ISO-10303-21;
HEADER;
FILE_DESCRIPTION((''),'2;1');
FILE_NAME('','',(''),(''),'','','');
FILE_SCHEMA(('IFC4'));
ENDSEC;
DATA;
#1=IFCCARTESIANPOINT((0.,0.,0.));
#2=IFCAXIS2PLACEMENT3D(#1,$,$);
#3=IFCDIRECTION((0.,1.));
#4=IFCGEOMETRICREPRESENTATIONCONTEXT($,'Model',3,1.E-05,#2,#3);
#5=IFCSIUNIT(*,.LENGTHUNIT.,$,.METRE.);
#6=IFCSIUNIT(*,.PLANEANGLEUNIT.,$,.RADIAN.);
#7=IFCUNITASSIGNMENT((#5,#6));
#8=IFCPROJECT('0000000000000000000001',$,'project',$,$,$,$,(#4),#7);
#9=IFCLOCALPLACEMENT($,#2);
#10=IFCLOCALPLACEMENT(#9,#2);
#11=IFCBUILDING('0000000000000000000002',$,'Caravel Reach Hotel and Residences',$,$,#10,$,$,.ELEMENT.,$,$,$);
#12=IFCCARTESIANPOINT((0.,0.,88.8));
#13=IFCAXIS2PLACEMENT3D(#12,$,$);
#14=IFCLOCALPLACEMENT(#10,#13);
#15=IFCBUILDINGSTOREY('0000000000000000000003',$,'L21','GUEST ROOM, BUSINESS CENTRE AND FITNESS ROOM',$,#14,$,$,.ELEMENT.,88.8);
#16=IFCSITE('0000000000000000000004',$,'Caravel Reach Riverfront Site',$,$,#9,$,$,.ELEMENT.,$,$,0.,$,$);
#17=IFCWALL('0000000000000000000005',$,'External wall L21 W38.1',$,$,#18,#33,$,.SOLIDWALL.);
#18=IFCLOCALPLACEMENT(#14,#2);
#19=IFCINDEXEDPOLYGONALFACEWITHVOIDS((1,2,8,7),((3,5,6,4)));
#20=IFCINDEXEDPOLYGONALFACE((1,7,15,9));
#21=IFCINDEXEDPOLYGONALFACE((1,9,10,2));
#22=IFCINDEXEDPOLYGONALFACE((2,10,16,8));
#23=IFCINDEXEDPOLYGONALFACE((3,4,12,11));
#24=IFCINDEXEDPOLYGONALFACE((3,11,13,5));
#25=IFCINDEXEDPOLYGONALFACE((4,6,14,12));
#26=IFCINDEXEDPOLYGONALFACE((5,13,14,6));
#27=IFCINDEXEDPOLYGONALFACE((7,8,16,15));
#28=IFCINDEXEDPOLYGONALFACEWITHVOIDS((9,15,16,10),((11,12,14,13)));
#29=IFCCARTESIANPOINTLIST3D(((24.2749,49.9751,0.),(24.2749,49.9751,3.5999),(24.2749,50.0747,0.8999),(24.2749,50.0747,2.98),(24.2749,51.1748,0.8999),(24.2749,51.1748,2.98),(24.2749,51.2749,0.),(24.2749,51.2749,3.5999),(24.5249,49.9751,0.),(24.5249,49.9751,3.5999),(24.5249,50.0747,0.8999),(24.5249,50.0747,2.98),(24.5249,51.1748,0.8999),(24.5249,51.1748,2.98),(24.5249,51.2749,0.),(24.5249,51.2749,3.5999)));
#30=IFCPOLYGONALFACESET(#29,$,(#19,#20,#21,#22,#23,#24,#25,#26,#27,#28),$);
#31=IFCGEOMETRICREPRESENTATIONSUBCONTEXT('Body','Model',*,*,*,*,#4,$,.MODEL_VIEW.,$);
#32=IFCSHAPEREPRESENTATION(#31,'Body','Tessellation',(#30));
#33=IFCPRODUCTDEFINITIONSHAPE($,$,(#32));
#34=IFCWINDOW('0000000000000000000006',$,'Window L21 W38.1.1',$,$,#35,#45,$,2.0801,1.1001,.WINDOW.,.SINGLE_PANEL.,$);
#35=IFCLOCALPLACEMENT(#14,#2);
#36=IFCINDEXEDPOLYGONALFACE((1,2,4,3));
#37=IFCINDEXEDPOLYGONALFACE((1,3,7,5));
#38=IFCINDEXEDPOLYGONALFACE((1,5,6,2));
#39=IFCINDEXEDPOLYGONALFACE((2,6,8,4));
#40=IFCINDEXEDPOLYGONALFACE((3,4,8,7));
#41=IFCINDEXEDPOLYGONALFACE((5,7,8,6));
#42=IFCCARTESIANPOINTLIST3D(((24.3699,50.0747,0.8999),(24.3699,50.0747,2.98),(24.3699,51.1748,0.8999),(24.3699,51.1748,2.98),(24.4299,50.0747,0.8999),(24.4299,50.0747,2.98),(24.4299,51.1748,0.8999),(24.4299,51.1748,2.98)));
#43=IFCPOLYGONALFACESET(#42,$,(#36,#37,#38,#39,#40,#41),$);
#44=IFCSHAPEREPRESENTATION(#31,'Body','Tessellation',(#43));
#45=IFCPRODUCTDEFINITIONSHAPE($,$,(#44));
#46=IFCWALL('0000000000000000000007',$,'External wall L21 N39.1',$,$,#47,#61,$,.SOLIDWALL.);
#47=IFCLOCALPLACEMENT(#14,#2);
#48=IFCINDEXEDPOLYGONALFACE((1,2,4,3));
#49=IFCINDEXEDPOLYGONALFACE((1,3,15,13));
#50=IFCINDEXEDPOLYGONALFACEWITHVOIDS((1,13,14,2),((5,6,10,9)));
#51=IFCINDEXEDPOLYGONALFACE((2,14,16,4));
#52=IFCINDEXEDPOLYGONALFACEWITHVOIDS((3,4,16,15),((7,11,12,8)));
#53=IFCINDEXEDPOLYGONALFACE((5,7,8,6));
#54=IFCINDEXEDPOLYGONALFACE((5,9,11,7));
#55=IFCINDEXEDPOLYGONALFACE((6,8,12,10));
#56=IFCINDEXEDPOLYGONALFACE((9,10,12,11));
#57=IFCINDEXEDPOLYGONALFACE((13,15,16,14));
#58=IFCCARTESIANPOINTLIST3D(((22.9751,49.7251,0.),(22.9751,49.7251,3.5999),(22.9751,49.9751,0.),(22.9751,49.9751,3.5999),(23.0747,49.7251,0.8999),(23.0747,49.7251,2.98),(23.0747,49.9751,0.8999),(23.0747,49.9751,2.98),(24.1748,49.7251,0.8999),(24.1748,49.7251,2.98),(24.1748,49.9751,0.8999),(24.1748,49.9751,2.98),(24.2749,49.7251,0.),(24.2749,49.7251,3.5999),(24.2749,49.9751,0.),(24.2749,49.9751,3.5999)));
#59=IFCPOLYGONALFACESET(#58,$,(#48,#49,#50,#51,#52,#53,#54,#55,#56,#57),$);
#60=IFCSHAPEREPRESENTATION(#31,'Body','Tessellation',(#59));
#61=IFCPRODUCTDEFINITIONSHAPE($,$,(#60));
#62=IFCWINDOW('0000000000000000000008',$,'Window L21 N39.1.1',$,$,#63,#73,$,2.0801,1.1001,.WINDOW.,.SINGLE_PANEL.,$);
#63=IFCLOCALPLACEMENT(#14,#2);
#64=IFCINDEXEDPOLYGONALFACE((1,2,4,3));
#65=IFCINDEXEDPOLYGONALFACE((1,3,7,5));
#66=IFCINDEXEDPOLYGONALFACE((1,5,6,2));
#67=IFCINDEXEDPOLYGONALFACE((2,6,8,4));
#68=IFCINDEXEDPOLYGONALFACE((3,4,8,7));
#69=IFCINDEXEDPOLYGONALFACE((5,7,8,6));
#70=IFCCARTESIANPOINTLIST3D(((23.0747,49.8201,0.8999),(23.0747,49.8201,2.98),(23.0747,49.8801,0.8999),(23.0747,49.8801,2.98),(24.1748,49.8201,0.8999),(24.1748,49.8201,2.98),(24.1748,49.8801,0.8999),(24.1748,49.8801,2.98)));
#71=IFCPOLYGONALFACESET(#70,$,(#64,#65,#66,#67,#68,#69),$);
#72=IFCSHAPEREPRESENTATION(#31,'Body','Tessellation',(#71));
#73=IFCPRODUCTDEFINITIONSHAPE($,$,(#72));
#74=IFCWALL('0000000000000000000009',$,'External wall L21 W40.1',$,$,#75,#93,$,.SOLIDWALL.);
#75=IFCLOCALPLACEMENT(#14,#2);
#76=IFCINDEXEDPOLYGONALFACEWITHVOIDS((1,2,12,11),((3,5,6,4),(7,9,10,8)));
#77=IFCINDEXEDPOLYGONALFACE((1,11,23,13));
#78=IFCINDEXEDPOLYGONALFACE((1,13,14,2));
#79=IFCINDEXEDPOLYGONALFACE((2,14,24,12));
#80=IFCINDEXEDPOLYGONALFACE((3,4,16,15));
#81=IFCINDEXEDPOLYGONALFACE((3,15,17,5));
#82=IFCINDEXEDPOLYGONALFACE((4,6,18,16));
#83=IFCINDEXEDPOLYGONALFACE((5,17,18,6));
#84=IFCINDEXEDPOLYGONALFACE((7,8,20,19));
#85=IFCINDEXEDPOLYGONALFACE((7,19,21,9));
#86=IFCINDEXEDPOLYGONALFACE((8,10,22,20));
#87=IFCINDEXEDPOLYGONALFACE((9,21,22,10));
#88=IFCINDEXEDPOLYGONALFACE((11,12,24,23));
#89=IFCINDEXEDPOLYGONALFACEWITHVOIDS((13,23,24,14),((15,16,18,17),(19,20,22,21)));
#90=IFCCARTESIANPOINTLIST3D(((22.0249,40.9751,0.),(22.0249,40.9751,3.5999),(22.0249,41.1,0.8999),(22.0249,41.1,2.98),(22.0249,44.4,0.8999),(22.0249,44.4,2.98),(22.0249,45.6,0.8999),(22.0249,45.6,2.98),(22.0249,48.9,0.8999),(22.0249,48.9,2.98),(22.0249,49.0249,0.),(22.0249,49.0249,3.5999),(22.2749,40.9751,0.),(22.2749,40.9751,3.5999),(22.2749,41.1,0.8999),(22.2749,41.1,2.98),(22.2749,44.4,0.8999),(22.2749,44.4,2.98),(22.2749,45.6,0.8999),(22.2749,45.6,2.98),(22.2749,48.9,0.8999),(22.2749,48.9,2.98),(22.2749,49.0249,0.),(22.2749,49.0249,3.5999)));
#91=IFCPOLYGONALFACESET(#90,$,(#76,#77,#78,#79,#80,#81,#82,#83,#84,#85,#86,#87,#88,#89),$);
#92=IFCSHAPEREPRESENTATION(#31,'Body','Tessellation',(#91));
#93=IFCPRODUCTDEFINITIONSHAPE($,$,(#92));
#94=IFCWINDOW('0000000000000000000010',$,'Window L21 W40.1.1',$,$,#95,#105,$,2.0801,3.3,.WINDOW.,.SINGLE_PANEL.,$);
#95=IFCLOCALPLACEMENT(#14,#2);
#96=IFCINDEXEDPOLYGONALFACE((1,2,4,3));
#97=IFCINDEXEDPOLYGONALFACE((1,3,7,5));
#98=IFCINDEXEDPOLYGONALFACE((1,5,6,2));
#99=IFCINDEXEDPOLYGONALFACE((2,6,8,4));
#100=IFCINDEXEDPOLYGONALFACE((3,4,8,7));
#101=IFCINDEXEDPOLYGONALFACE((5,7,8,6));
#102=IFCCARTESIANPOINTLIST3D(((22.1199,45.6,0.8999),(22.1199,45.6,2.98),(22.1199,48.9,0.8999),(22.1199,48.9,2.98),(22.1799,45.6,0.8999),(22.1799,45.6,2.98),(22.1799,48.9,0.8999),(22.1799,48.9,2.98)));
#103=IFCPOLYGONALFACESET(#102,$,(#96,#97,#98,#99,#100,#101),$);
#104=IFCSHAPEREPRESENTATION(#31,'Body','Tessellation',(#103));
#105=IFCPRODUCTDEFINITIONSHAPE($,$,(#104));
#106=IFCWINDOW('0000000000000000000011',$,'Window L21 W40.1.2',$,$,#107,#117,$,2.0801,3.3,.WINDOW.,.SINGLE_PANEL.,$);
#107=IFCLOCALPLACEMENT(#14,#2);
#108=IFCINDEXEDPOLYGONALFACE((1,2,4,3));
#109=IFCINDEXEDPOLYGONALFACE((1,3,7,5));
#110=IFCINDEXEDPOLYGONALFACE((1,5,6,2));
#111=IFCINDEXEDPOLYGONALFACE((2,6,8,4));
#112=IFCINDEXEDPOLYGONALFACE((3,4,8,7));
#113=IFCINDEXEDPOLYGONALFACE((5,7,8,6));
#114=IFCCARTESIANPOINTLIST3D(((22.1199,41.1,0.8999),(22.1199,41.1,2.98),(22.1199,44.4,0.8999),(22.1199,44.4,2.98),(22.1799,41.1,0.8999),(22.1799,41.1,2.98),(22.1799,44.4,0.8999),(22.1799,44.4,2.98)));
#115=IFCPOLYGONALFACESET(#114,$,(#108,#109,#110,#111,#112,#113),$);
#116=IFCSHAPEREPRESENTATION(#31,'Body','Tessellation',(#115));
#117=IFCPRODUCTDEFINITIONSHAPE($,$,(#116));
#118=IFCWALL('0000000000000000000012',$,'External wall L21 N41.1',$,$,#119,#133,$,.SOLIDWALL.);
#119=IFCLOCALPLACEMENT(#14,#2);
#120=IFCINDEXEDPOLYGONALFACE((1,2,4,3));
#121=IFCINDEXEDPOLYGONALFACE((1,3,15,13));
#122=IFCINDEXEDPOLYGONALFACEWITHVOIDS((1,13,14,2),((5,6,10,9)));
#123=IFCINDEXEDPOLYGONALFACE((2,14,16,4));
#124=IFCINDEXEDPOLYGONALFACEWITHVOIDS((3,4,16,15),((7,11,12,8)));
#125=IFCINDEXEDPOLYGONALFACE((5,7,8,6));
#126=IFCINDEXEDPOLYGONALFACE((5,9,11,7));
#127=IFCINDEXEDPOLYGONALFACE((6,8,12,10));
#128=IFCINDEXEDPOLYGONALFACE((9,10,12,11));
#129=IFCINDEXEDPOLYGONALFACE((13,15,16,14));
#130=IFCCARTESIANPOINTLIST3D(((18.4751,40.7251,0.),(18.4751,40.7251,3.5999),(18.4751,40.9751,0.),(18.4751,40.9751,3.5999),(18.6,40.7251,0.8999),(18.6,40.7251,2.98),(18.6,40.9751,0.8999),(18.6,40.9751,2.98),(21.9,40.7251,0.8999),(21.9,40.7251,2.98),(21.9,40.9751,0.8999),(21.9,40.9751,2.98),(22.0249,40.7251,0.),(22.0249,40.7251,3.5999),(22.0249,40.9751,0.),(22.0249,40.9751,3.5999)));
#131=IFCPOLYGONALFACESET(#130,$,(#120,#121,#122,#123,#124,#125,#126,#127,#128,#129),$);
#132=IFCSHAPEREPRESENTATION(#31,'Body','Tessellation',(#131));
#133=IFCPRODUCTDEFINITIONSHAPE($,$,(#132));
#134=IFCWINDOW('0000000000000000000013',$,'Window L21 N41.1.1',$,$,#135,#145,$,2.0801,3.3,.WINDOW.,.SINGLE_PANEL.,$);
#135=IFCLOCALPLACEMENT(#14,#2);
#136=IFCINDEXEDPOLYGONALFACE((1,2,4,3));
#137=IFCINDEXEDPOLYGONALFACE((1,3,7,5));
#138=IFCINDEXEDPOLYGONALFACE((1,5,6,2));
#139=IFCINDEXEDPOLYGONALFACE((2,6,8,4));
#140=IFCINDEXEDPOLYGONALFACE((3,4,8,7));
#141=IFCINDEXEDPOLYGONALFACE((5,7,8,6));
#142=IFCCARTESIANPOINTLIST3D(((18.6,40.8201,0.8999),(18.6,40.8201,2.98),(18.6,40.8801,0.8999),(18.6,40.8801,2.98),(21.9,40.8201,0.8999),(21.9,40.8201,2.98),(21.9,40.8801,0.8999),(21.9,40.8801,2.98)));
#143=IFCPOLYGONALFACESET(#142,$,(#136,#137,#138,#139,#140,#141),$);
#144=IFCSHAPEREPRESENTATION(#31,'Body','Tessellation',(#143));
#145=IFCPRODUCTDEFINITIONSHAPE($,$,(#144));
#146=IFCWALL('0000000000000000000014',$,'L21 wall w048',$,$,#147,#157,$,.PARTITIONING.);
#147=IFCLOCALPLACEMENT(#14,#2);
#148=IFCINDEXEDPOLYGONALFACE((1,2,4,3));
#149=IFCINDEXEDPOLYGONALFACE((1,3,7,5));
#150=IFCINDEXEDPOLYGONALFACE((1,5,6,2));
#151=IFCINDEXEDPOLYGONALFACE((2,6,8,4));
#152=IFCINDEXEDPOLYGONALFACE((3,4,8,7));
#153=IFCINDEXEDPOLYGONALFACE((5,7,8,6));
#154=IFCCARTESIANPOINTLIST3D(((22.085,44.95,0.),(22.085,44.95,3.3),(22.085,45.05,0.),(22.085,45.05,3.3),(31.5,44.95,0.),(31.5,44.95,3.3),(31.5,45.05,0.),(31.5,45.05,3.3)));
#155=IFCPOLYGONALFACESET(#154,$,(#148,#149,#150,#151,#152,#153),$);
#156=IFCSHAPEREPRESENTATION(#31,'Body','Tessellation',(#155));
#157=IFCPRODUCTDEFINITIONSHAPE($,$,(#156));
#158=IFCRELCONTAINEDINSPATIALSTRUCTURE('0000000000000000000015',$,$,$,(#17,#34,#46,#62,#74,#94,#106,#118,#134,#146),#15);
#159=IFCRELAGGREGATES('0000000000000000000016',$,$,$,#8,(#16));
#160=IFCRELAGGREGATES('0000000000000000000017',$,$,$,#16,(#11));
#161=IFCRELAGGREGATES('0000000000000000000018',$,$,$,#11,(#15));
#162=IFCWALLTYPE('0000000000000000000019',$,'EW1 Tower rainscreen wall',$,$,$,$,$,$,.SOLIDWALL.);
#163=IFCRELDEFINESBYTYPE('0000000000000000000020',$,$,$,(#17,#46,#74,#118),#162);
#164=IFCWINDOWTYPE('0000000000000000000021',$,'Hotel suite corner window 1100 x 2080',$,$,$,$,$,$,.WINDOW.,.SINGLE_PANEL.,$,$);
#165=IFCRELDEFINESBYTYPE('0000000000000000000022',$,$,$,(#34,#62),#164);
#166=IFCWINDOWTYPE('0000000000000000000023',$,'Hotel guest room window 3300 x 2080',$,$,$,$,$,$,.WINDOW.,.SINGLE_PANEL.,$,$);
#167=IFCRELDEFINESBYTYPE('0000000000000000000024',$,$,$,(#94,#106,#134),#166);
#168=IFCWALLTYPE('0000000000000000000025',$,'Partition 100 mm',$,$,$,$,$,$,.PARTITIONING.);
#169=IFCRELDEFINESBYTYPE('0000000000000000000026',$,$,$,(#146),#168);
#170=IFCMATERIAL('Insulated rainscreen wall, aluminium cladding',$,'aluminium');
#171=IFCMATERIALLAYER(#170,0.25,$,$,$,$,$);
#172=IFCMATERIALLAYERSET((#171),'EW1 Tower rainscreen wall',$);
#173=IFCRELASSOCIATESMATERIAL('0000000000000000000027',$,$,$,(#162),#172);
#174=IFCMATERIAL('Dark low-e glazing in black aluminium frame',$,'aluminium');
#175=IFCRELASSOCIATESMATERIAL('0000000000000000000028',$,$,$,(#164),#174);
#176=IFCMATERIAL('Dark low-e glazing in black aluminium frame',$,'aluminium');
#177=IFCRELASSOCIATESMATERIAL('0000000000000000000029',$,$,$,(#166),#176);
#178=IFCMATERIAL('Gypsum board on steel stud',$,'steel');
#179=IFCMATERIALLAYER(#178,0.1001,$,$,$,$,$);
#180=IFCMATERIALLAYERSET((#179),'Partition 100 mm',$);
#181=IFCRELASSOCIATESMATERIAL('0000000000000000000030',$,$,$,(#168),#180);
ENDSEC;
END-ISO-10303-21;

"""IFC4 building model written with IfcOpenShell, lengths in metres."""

from ifc_helpers import new_model, si_unit, direction, frame, frame_2d, origin, place, context, subcontext, project, spatial, rectangle, extrude, material, layer, layer_set, type_object, element, fill, save


model = new_model("IFC4")

# Units and contexts
model_context = context("Model", 3, precision=1e-05, world=origin(), true_north=direction((0.0, 1.0)))
body_context = subcontext(model_context, "Body", "Model", "MODEL_VIEW")
ifc_project = project(units=[si_unit("LENGTHUNIT", "METRE"), si_unit("PLANEANGLEUNIT", "RADIAN")], contexts=[model_context])

# Site, building, storey
site_placement = place(None, origin())
site = spatial("IfcSite", under=ifc_project, at=site_placement, Name="Caravel Reach Riverfront Site", CompositionType="ELEMENT", RefElevation=0.0)
building_placement = place(site_placement, origin())
building = spatial("IfcBuilding", under=site, at=building_placement, Name="Caravel Reach Hotel and Residences", CompositionType="ELEMENT")
storey_placement = place(building_placement, frame((0.0, 0.0, 88.8)))
storey = spatial("IfcBuildingStorey", under=building, at=storey_placement, Name="L21", Description="GUEST ROOM, BUSINESS CENTRE AND FITNESS ROOM", CompositionType="ELEMENT", Elevation=88.8)

# Walls, openings, windows
ifc_material_1 = material(Name="Insulated rainscreen wall, aluminium cladding", Category="aluminium")
ifc_layer_1 = layer(ifc_material_1, 0.25)
ifc_layer_set_1 = layer_set([ifc_layer_1], Name="EW1 Tower rainscreen wall")
wall_type_1 = type_object("IfcWallType", Name="EW1 Tower rainscreen wall", PredefinedType="SOLIDWALL", material=ifc_layer_set_1)
ifc_material_2 = material(Name="Dark low-e glazing in black aluminium frame", Category="aluminium")
window_type_1 = type_object("IfcWindowType", Name="Hotel suite corner window 1100 x 2080", PartitioningType="SINGLE_PANEL", PredefinedType="WINDOW", material=ifc_material_2)
wall_1_placement = place(storey_placement, frame((24.3999, 51.2749, 0.0), z_axis=(0.0, 0.0, 1.0), x_axis=(0.0, -1.0, 0.0)))
wall_1 = element("IfcWall", 1, at=wall_1_placement, inside=storey, type_object=wall_type_1, Name="External wall L21 W38.1", PredefinedType="SOLIDWALL", context=body_context, shape_type="SweptSolid", body=[
    extrude(rectangle(XDim=1.2998, YDim=0.25, at=frame_2d((0.6499, 0.0))), origin(), (0.0, 0.0, 1.0), 3.5999),
])
opening_1_placement = place(wall_1_placement, frame((0.1001, 0.0, 0.8999)))
opening_1 = element("IfcOpeningElement", 2, at=opening_1_placement, cuts=wall_1, PredefinedType="OPENING", context=body_context, shape_type="SweptSolid", body=[
    extrude(rectangle(XDim=1.1001, YDim=2.0801, at=frame_2d((0.55, 1.04))), frame((0.0, 0.135, 0.0), z_axis=(0.0, -1.0, 0.0), x_axis=(1.0, 0.0, 0.0)), (0.0, 0.0, 1.0), 0.27),
])
window_1_placement = place(opening_1_placement, origin())
window_1 = element("IfcWindow", 3, at=window_1_placement, inside=storey, type_object=window_type_1, Name="Window L21 W38.1.1", OverallHeight=2.0801, OverallWidth=1.1001, PartitioningType="SINGLE_PANEL", PredefinedType="WINDOW", context=body_context, shape_type="SweptSolid", body=[
    extrude(rectangle(XDim=1.1001, YDim=2.0801, at=frame_2d((0.55, 1.04))), frame((0.0, 0.03, 0.0), z_axis=(0.0, -1.0, 0.0), x_axis=(1.0, 0.0, 0.0)), (0.0, 0.0, 1.0), 0.0601),
])
fill(opening_1, window_1)
wall_2_placement = place(storey_placement, frame((24.2749, 49.8501, 0.0), z_axis=(0.0, 0.0, 1.0), x_axis=(-1.0, 0.0, 0.0)))
wall_2 = element("IfcWall", 4, at=wall_2_placement, inside=storey, type_object=wall_type_1, Name="External wall L21 N39.1", PredefinedType="SOLIDWALL", context=body_context, shape_type="SweptSolid", body=[
    extrude(rectangle(XDim=1.2998, YDim=0.25, at=frame_2d((0.6499, 0.0))), origin(), (0.0, 0.0, 1.0), 3.5999),
])
opening_2_placement = place(wall_2_placement, frame((0.1001, 0.0, 0.8999)))
opening_2 = element("IfcOpeningElement", 5, at=opening_2_placement, cuts=wall_2, PredefinedType="OPENING", context=body_context, shape_type="SweptSolid", body=[
    extrude(rectangle(XDim=1.1001, YDim=2.0801, at=frame_2d((0.55, 1.04))), frame((0.0, 0.135, 0.0), z_axis=(0.0, -1.0, 0.0), x_axis=(1.0, 0.0, 0.0)), (0.0, 0.0, 1.0), 0.27),
])
window_2_placement = place(opening_2_placement, origin())
window_2 = element("IfcWindow", 6, at=window_2_placement, inside=storey, type_object=window_type_1, Name="Window L21 N39.1.1", OverallHeight=2.0801, OverallWidth=1.1001, PartitioningType="SINGLE_PANEL", PredefinedType="WINDOW", context=body_context, shape_type="SweptSolid", body=[
    extrude(rectangle(XDim=1.1001, YDim=2.0801, at=frame_2d((0.55, 1.04))), frame((0.0, 0.03, 0.0), z_axis=(0.0, -1.0, 0.0), x_axis=(1.0, 0.0, 0.0)), (0.0, 0.0, 1.0), 0.0601),
])
fill(opening_2, window_2)

# Wall, openings, windows
wall_3_placement = place(storey_placement, frame((22.1499, 49.0249, 0.0), z_axis=(0.0, 0.0, 1.0), x_axis=(0.0, -1.0, 0.0)))
wall_3 = element("IfcWall", 7, at=wall_3_placement, inside=storey, type_object=wall_type_1, Name="External wall L21 W40.1", PredefinedType="SOLIDWALL", context=body_context, shape_type="SweptSolid", body=[
    extrude(rectangle(XDim=8.0498, YDim=0.25, at=frame_2d((4.0249, 0.0))), origin(), (0.0, 0.0, 1.0), 3.5999),
])
opening_3_placement = place(wall_3_placement, frame((0.125, 0.0, 0.8999)))
opening_3 = element("IfcOpeningElement", 8, at=opening_3_placement, cuts=wall_3, PredefinedType="OPENING", context=body_context, shape_type="SweptSolid", body=[
    extrude(rectangle(XDim=3.3, YDim=2.0801, at=frame_2d((1.6499, 1.04))), frame((0.0, 0.135, 0.0), z_axis=(0.0, -1.0, 0.0), x_axis=(1.0, 0.0, 0.0)), (0.0, 0.0, 1.0), 0.27),
])
opening_4_placement = place(wall_3_placement, frame((4.625, 0.0, 0.8999)))
opening_4 = element("IfcOpeningElement", 9, at=opening_4_placement, cuts=wall_3, PredefinedType="OPENING", context=body_context, shape_type="SweptSolid", body=[
    extrude(rectangle(XDim=3.3, YDim=2.0801, at=frame_2d((1.6499, 1.04))), frame((0.0, 0.135, 0.0), z_axis=(0.0, -1.0, 0.0), x_axis=(1.0, 0.0, 0.0)), (0.0, 0.0, 1.0), 0.27),
])
ifc_material_3 = material(Name="Dark low-e glazing in black aluminium frame", Category="aluminium")
window_type_2 = type_object("IfcWindowType", Name="Hotel guest room window 3300 x 2080", PartitioningType="SINGLE_PANEL", PredefinedType="WINDOW", material=ifc_material_3)
window_3_placement = place(opening_3_placement, origin())
window_3 = element("IfcWindow", 10, at=window_3_placement, inside=storey, type_object=window_type_2, Name="Window L21 W40.1.1", OverallHeight=2.0801, OverallWidth=3.3, PartitioningType="SINGLE_PANEL", PredefinedType="WINDOW", context=body_context, shape_type="SweptSolid", body=[
    extrude(rectangle(XDim=3.3, YDim=2.0801, at=frame_2d((1.6499, 1.04))), frame((0.0, 0.03, 0.0), z_axis=(0.0, -1.0, 0.0), x_axis=(1.0, 0.0, 0.0)), (0.0, 0.0, 1.0), 0.0601),
])
fill(opening_3, window_3)
window_4_placement = place(opening_4_placement, origin())
window_4 = element("IfcWindow", 11, at=window_4_placement, inside=storey, type_object=window_type_2, Name="Window L21 W40.1.2", OverallHeight=2.0801, OverallWidth=3.3, PartitioningType="SINGLE_PANEL", PredefinedType="WINDOW", context=body_context, shape_type="SweptSolid", body=[
    extrude(rectangle(XDim=3.3, YDim=2.0801, at=frame_2d((1.6499, 1.04))), frame((0.0, 0.03, 0.0), z_axis=(0.0, -1.0, 0.0), x_axis=(1.0, 0.0, 0.0)), (0.0, 0.0, 1.0), 0.0601),
])
fill(opening_4, window_4)

# Wall, opening, window
wall_4_placement = place(storey_placement, frame((22.0249, 40.8501, 0.0), z_axis=(0.0, 0.0, 1.0), x_axis=(-1.0, 0.0, 0.0)))
wall_4 = element("IfcWall", 12, at=wall_4_placement, inside=storey, type_object=wall_type_1, Name="External wall L21 N41.1", PredefinedType="SOLIDWALL", context=body_context, shape_type="SweptSolid", body=[
    extrude(rectangle(XDim=3.5498, YDim=0.25, at=frame_2d((1.7749, 0.0))), origin(), (0.0, 0.0, 1.0), 3.5999),
])
opening_5_placement = place(wall_4_placement, frame((0.125, 0.0, 0.8999)))
opening_5 = element("IfcOpeningElement", 13, at=opening_5_placement, cuts=wall_4, PredefinedType="OPENING", context=body_context, shape_type="SweptSolid", body=[
    extrude(rectangle(XDim=3.3, YDim=2.0801, at=frame_2d((1.6499, 1.04))), frame((0.0, 0.135, 0.0), z_axis=(0.0, -1.0, 0.0), x_axis=(1.0, 0.0, 0.0)), (0.0, 0.0, 1.0), 0.27),
])
window_5_placement = place(opening_5_placement, origin())
window_5 = element("IfcWindow", 14, at=window_5_placement, inside=storey, type_object=window_type_2, Name="Window L21 N41.1.1", OverallHeight=2.0801, OverallWidth=3.3, PartitioningType="SINGLE_PANEL", PredefinedType="WINDOW", context=body_context, shape_type="SweptSolid", body=[
    extrude(rectangle(XDim=3.3, YDim=2.0801, at=frame_2d((1.6499, 1.04))), frame((0.0, 0.03, 0.0), z_axis=(0.0, -1.0, 0.0), x_axis=(1.0, 0.0, 0.0)), (0.0, 0.0, 1.0), 0.0601),
])
fill(opening_5, window_5)

# Wall
ifc_material_4 = material(Name="Gypsum board on steel stud", Category="steel")
ifc_layer_2 = layer(ifc_material_4, 0.1001)
ifc_layer_set_2 = layer_set([ifc_layer_2], Name="Partition 100 mm")
wall_type_2 = type_object("IfcWallType", Name="Partition 100 mm", PredefinedType="PARTITIONING", material=ifc_layer_set_2)
wall_5_placement = place(storey_placement, frame((22.085, 45.0, 0.0), z_axis=(0.0, 0.0, 1.0), x_axis=(1.0, 0.0, 0.0)))
element("IfcWall", 15, at=wall_5_placement, inside=storey, type_object=wall_type_2, Name="L21 wall w048", PredefinedType="PARTITIONING", context=body_context, shape_type="SweptSolid", body=[
    extrude(rectangle(XDim=9.415, YDim=0.1001, at=frame_2d((4.7075, 0.0))), origin(), (0.0, 0.0, 1.0), 3.3),
])

save(model, "model.ifc")
